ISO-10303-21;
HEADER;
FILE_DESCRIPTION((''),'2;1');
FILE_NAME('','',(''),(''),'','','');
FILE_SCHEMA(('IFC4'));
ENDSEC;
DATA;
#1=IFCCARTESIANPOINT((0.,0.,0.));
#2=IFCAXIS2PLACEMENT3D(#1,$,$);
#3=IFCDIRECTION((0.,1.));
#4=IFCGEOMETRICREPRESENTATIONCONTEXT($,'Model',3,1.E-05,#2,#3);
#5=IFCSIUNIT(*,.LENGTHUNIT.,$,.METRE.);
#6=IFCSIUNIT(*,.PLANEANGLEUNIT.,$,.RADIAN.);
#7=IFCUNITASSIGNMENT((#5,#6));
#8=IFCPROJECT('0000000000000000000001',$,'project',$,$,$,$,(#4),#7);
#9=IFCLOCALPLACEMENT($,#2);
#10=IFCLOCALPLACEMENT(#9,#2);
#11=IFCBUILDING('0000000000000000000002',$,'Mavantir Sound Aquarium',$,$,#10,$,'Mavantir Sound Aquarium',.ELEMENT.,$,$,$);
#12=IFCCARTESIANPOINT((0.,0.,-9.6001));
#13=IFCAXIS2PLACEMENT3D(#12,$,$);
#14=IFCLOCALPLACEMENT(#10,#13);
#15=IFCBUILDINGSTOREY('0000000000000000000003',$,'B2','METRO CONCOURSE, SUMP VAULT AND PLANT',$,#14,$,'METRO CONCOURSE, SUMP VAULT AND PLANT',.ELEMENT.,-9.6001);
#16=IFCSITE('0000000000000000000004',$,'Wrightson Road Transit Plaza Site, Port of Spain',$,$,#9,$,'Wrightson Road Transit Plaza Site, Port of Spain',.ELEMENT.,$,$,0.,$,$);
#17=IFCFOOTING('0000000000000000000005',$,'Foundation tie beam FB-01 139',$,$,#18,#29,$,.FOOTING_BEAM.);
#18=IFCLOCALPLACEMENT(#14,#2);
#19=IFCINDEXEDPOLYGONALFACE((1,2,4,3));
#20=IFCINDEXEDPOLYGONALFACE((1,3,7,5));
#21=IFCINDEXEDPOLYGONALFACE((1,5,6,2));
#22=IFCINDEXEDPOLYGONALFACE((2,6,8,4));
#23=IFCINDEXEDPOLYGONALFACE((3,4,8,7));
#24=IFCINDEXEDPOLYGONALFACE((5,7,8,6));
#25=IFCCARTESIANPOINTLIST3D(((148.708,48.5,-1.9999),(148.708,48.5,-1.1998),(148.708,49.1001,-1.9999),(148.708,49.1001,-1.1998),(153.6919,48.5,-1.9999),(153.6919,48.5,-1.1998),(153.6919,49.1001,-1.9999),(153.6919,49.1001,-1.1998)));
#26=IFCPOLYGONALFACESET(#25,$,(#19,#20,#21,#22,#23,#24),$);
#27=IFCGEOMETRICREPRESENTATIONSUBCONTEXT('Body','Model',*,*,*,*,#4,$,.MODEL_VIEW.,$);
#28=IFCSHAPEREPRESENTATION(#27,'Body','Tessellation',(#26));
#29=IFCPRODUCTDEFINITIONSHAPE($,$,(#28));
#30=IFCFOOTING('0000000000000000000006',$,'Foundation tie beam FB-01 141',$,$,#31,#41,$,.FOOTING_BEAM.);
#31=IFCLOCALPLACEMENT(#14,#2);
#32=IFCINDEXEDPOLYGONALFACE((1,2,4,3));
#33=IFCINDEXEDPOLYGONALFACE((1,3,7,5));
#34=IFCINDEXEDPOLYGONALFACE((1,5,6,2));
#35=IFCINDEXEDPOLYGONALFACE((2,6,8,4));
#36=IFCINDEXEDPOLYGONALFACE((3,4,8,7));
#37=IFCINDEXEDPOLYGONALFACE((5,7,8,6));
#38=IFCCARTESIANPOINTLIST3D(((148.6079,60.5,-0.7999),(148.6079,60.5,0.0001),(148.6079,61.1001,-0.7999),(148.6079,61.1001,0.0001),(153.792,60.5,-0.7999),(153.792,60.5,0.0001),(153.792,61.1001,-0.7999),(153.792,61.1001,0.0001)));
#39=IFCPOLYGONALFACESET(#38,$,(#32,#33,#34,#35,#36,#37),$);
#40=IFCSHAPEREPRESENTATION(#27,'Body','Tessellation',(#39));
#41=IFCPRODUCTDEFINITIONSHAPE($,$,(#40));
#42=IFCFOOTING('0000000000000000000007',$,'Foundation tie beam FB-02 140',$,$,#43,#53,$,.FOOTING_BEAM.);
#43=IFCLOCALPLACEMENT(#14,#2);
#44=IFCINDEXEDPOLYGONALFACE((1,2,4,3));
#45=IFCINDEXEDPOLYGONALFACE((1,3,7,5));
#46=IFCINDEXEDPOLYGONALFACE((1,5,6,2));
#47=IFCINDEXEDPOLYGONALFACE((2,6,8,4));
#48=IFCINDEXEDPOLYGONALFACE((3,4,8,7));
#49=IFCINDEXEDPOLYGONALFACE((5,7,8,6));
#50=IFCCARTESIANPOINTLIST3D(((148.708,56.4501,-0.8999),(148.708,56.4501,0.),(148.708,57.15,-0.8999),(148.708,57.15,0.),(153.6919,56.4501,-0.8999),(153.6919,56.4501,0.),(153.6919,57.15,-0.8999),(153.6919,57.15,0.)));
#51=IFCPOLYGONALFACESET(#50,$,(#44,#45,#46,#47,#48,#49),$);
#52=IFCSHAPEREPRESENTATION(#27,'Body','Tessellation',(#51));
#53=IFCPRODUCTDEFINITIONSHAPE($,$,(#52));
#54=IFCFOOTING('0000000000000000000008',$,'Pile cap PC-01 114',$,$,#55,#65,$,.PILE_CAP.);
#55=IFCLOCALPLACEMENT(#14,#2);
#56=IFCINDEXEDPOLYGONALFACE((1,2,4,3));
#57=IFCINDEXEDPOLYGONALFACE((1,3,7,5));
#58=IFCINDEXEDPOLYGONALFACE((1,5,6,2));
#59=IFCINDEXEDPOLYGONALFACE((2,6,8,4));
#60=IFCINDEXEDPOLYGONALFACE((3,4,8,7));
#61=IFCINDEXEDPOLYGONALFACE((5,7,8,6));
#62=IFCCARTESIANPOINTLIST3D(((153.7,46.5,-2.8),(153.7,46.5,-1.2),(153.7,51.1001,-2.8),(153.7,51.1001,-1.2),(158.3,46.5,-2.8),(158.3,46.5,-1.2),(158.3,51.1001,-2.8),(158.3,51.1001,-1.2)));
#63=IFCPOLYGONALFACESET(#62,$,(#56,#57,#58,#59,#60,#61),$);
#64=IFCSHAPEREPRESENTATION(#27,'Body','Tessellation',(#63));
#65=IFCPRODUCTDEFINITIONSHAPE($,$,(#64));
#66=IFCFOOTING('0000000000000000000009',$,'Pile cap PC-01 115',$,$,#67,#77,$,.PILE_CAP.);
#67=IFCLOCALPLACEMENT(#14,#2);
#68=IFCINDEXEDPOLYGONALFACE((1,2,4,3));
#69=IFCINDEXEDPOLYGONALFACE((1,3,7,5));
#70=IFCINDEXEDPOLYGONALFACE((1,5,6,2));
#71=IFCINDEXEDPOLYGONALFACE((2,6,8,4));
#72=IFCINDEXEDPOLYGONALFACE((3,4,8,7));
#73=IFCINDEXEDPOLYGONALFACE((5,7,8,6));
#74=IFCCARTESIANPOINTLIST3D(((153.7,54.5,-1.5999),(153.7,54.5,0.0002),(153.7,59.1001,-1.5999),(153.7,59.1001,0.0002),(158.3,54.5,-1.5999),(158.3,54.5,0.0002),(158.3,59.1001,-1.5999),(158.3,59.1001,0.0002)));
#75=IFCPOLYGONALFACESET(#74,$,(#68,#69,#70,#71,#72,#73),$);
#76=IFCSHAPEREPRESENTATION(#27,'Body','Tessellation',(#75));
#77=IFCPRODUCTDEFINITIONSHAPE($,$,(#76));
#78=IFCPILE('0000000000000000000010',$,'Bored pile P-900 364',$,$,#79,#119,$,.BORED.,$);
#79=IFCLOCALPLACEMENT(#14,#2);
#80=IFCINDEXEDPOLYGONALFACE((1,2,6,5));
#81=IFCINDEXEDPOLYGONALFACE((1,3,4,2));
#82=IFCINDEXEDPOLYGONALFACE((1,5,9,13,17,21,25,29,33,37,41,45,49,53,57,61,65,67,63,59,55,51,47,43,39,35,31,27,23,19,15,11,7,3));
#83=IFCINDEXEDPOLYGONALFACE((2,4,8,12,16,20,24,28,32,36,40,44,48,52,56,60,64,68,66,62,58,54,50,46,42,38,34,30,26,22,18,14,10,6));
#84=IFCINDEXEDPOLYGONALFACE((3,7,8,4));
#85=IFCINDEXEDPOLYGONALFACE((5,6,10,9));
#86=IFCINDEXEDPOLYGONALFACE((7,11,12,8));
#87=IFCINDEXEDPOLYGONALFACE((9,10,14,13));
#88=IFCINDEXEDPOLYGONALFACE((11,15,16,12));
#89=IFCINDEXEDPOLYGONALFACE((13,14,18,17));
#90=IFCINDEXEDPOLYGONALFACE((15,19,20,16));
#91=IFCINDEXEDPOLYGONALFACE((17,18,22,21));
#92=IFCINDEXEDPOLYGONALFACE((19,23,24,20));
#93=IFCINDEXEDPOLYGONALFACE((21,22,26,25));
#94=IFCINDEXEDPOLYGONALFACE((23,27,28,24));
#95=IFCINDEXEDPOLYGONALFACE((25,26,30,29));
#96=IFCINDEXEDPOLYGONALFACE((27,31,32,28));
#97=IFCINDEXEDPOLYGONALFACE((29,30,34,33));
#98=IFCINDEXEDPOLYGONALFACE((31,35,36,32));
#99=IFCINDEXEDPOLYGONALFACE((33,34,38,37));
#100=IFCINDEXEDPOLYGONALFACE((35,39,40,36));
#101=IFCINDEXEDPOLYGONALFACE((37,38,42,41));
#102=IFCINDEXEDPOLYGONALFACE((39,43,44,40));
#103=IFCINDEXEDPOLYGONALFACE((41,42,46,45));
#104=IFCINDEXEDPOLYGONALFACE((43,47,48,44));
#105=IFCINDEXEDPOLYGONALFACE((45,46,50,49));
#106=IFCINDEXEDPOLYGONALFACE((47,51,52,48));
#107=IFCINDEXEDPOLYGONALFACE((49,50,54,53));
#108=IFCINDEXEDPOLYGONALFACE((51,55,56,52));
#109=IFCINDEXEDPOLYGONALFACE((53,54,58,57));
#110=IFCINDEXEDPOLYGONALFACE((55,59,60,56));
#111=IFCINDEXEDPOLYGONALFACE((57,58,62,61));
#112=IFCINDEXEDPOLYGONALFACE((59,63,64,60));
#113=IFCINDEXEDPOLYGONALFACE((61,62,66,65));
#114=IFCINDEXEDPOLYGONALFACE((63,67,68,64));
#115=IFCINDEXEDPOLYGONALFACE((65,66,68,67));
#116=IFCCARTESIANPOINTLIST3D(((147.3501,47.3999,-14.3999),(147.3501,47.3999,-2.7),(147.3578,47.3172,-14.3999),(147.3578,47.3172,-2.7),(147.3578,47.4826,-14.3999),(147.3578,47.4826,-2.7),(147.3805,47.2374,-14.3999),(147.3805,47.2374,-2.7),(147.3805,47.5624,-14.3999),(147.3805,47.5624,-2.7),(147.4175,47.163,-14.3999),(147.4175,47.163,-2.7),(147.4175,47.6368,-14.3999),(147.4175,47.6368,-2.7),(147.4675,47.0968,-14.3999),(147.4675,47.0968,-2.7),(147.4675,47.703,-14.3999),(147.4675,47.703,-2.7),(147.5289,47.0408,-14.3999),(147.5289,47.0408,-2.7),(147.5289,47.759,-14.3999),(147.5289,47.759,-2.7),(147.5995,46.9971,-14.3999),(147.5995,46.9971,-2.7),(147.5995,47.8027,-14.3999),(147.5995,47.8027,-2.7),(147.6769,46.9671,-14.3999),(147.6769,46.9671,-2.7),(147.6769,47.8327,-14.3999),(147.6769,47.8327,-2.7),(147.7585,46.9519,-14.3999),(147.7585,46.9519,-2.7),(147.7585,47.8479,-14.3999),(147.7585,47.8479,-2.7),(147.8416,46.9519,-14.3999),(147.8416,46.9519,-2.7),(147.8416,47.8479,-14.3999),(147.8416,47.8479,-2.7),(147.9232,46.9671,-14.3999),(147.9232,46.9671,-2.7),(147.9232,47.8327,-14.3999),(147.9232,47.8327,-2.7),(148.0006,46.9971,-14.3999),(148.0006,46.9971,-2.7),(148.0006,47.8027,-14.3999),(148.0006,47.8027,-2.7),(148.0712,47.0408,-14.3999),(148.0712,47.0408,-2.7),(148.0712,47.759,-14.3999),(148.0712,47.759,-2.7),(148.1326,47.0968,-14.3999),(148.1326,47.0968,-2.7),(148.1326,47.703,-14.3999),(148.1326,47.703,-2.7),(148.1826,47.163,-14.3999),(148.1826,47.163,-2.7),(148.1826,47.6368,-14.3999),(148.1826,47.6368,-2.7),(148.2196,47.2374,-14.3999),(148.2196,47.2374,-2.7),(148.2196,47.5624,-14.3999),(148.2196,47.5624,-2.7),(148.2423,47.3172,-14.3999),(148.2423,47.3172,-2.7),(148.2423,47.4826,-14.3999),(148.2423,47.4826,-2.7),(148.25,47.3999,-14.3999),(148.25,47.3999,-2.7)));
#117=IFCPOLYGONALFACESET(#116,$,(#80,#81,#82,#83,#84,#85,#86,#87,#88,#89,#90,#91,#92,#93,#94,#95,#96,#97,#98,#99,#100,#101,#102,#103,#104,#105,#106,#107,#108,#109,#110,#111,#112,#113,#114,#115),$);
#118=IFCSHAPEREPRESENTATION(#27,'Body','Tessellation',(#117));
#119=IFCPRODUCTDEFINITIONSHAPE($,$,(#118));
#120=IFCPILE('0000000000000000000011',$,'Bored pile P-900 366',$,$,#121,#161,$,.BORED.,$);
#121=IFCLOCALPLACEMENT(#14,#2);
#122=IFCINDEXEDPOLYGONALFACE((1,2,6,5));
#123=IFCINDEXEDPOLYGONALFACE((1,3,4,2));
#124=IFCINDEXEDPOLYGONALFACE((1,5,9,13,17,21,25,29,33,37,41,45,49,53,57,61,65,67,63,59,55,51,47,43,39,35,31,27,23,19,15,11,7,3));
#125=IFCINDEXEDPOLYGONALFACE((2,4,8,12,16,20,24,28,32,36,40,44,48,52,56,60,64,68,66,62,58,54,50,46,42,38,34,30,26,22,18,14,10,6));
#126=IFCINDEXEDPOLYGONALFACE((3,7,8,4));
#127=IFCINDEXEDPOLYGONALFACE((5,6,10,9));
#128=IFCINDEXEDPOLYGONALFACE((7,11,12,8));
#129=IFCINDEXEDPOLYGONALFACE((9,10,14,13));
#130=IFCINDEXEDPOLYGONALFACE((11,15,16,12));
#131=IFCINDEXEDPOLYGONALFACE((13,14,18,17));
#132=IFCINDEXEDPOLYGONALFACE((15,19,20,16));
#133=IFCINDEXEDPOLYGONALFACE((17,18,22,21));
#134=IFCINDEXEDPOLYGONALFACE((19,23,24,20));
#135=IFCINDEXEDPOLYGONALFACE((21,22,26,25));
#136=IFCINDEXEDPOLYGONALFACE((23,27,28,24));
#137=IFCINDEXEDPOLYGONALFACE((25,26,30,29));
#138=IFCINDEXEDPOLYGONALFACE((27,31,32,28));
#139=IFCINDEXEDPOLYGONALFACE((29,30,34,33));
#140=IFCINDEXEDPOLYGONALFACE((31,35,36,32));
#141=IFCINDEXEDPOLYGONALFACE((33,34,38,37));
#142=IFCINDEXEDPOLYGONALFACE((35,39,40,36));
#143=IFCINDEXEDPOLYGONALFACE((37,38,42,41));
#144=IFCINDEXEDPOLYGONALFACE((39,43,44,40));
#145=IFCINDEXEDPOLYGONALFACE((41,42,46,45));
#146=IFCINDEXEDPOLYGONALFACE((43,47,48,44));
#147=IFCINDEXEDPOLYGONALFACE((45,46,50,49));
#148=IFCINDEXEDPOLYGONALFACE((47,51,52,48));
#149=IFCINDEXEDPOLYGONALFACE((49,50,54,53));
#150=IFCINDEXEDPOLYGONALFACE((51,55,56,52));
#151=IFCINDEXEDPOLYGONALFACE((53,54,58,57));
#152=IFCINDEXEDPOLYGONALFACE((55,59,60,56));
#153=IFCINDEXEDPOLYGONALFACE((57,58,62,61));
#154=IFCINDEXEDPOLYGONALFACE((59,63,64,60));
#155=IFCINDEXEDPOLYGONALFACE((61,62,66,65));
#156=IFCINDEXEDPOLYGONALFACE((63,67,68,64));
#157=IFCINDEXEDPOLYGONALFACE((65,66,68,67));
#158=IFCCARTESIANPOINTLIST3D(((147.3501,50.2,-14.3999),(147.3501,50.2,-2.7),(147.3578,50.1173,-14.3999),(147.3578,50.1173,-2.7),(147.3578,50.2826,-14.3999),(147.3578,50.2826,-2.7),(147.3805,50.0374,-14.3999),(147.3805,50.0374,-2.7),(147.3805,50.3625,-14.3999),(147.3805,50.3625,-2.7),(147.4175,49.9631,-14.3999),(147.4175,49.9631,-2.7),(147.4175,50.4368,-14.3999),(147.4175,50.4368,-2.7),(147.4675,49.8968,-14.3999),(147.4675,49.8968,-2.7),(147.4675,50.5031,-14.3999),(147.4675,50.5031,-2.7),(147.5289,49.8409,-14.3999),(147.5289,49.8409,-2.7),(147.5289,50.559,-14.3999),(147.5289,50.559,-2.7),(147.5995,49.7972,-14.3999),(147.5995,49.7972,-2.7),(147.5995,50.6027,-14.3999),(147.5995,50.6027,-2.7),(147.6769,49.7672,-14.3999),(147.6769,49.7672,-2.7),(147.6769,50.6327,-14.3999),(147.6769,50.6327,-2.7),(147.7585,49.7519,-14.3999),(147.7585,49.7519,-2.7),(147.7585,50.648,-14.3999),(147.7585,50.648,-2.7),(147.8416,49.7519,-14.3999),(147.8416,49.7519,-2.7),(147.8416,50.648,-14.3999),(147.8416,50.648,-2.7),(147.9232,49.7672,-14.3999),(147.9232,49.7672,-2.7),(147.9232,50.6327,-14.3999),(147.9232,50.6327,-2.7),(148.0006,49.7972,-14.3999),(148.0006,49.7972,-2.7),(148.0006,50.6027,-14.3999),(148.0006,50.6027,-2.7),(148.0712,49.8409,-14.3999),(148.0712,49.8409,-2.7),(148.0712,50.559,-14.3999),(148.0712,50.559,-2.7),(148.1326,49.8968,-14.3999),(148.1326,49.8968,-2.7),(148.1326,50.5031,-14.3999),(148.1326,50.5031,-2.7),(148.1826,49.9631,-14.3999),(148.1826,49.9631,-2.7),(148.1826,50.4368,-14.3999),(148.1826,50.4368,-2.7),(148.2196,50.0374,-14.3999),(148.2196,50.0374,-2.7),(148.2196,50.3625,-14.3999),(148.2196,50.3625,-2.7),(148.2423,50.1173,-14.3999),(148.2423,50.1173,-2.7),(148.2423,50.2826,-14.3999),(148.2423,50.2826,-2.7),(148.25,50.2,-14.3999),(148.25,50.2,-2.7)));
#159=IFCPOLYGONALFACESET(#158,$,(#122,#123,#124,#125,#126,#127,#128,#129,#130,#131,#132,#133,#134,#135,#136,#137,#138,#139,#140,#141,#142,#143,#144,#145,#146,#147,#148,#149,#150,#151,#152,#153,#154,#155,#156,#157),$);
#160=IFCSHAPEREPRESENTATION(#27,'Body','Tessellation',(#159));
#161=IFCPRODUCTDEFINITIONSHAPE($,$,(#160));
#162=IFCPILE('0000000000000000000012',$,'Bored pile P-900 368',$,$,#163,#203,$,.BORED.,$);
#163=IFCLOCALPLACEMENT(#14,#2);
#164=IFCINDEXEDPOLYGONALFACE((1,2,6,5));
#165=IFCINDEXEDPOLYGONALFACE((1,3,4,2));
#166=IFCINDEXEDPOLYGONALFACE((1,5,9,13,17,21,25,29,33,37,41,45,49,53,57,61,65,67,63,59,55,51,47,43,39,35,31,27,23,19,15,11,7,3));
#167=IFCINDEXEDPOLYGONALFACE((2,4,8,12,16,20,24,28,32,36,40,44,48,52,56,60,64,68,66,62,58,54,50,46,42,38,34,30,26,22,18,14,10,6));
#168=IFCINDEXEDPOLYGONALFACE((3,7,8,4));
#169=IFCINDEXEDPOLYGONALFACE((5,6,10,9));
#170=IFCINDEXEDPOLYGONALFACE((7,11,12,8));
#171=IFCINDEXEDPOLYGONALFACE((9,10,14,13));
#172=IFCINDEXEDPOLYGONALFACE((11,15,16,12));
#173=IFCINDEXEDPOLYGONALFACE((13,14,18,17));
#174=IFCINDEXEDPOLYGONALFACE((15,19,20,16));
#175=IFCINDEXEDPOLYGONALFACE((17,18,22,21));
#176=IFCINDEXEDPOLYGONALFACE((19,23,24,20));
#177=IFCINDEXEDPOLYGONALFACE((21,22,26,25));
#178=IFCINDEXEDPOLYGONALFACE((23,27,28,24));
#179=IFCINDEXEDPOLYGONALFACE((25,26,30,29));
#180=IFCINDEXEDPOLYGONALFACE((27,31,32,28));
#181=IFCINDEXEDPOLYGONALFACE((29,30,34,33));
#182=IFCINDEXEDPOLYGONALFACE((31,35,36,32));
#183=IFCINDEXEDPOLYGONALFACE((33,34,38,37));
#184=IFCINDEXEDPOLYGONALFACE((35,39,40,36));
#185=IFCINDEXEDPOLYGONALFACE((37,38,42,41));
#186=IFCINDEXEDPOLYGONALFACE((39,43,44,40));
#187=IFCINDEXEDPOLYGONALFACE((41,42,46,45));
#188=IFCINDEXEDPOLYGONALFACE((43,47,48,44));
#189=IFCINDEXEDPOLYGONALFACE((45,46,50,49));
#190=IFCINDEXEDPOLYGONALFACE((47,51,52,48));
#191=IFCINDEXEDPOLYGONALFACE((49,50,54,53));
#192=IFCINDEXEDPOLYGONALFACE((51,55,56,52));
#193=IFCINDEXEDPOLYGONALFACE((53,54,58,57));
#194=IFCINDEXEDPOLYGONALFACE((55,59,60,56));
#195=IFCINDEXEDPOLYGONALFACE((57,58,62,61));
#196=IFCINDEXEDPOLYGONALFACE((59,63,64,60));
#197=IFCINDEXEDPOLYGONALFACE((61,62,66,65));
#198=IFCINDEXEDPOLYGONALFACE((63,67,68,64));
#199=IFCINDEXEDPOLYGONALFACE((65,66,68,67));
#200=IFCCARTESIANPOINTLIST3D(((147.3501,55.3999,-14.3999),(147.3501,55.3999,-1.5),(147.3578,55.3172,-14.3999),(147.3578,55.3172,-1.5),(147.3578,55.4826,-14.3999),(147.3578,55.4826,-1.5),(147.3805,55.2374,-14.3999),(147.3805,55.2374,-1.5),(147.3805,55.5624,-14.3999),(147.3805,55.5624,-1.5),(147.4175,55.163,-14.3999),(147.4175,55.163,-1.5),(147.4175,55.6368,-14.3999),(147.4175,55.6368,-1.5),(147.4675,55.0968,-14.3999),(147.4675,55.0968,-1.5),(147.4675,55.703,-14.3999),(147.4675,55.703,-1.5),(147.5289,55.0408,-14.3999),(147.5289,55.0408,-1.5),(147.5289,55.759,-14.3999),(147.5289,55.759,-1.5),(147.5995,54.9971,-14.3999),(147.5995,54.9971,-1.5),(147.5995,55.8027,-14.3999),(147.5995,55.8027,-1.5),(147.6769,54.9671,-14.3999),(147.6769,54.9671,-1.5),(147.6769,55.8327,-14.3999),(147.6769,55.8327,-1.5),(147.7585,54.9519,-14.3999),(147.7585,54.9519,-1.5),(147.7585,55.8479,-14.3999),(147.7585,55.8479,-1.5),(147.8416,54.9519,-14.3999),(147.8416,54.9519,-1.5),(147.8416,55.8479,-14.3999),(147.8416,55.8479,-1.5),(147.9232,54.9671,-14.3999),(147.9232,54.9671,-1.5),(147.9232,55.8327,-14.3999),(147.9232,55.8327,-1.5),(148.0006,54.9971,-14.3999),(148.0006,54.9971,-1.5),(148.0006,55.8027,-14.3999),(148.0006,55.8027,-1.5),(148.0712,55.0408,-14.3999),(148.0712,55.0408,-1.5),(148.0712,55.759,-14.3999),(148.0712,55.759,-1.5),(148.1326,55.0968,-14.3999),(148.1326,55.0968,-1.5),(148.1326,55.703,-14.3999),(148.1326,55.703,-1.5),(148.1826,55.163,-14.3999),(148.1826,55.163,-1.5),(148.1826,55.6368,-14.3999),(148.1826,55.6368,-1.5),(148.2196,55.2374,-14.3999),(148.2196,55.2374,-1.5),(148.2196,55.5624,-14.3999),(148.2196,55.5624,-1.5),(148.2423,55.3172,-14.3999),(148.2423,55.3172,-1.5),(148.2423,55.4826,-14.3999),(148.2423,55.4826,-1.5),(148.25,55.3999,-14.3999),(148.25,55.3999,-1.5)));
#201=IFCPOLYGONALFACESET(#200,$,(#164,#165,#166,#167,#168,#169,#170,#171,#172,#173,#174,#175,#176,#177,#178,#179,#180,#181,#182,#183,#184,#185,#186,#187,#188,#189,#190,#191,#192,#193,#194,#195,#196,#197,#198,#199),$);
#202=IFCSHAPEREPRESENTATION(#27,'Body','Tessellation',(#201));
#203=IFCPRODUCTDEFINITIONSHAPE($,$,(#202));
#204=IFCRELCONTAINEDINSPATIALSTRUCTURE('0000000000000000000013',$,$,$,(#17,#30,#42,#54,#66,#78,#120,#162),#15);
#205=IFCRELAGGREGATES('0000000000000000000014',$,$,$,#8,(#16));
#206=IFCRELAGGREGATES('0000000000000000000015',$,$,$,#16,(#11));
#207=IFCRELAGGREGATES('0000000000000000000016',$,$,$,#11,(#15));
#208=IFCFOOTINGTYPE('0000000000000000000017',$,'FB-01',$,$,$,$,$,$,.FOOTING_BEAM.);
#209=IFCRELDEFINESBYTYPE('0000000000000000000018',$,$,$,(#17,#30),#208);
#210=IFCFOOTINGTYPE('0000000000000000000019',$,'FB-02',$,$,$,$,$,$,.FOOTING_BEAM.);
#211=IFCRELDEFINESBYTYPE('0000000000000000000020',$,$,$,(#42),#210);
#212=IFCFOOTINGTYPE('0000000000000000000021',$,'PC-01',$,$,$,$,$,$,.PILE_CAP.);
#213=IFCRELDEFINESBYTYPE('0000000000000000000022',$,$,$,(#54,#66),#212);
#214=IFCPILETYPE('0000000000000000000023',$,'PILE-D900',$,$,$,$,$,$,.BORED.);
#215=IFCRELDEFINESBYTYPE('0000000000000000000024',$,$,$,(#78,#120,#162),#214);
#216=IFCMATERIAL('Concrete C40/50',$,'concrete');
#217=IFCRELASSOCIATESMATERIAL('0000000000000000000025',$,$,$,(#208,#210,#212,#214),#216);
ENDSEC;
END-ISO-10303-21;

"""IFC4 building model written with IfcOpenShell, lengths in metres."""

from ifc_helpers import new_model, si_unit, direction, frame, origin, origin_2d, place, context, subcontext, project, spatial, rectangle, circle, extrude, material, material_profile, profile_set, type_object, element, save


model = new_model("IFC4")

# Units and contexts
model_context = context("Model", 3, precision=1e-05, world=origin(), true_north=direction((0.0, 1.0)))
body_context = subcontext(model_context, "Body", "Model", "MODEL_VIEW")
ifc_project = project(units=[si_unit("LENGTHUNIT", "METRE"), si_unit("PLANEANGLEUNIT", "RADIAN")], contexts=[model_context])

# Site, building, storey
site_placement = place(None, origin())
site = spatial("IfcSite", under=ifc_project, at=site_placement, Name="Wrightson Road Transit Plaza Site, Port of Spain", LongName="Wrightson Road Transit Plaza Site, Port of Spain", CompositionType="ELEMENT", RefElevation=0.0)
building_placement = place(site_placement, origin())
building = spatial("IfcBuilding", under=site, at=building_placement, Name="Mavantir Sound Aquarium", LongName="Mavantir Sound Aquarium", CompositionType="ELEMENT")
storey_placement = place(building_placement, frame((0.0, 0.0, -9.6001)))
storey = spatial("IfcBuildingStorey", under=building, at=storey_placement, Name="B2", Description="METRO CONCOURSE, SUMP VAULT AND PLANT", LongName="METRO CONCOURSE, SUMP VAULT AND PLANT", CompositionType="ELEMENT", Elevation=-9.6001)

# Footings
ifc_material_1 = material(Name="Concrete C40/50", Category="concrete")
ifc_material_profile_1 = material_profile(ifc_material_1, rectangle(XDim=0.6001, YDim=0.8, at=origin_2d()), Name="RC 600X800")
ifc_profile_set_1 = profile_set([ifc_material_profile_1], Name="Concrete C40/50")
footing_type_1 = type_object("IfcFootingType", Name="FB-01", PredefinedType="FOOTING_BEAM", material=ifc_profile_set_1)
footing_1_placement = place(storey_placement, frame((148.708, 48.8, -1.5999), z_axis=(1.0, 0.0, 0.0), x_axis=(0.0, 1.0, 0.0)))
element("IfcFooting", 1, at=footing_1_placement, inside=storey, type_object=footing_type_1, Name="Foundation tie beam FB-01 139", PredefinedType="FOOTING_BEAM", context=body_context, shape_type="SweptSolid", body=[
    extrude(rectangle(XDim=0.6001, YDim=0.8, at=origin_2d()), origin(), (0.0, 0.0, 1.0), 4.9839),
])
footing_2_placement = place(storey_placement, frame((148.6079, 60.8, -0.3999), z_axis=(1.0, 0.0, 0.0), x_axis=(0.0, 1.0, 0.0)))
element("IfcFooting", 2, at=footing_2_placement, inside=storey, type_object=footing_type_1, Name="Foundation tie beam FB-01 141", PredefinedType="FOOTING_BEAM", context=body_context, shape_type="SweptSolid", body=[
    extrude(rectangle(XDim=0.6001, YDim=0.8, at=origin_2d()), origin(), (0.0, 0.0, 1.0), 5.1841),
])
ifc_material_profile_2 = material_profile(ifc_material_1, rectangle(XDim=0.7, YDim=0.8999, at=origin_2d()), Name="RC 700X900")
ifc_profile_set_2 = profile_set([ifc_material_profile_2], Name="Concrete C40/50")
footing_type_2 = type_object("IfcFootingType", Name="FB-02", PredefinedType="FOOTING_BEAM", material=ifc_profile_set_2)
footing_3_placement = place(storey_placement, frame((148.708, 56.8, -0.45), z_axis=(1.0, 0.0, 0.0), x_axis=(0.0, 1.0, 0.0)))
element("IfcFooting", 3, at=footing_3_placement, inside=storey, type_object=footing_type_2, Name="Foundation tie beam FB-02 140", PredefinedType="FOOTING_BEAM", context=body_context, shape_type="SweptSolid", body=[
    extrude(rectangle(XDim=0.7, YDim=0.8999, at=origin_2d()), origin(), (0.0, 0.0, 1.0), 4.9839),
])
footing_type_3 = type_object("IfcFootingType", Name="PC-01", PredefinedType="PILE_CAP", material=ifc_material_1)
for number, where, z_axis, x_axis, name in (
    (4, (156.0, 48.8, -2.8), (0.0, 0.0, 1.0), (1.0, 0.0, 0.0), "Pile cap PC-01 114"),
    (5, (156.0, 56.8, -1.5999), (0.0, 0.0, 1.0), (1.0, 0.0, 0.0), "Pile cap PC-01 115"),
):
    element("IfcFooting", number, at=place(storey_placement, frame(where, z_axis=z_axis, x_axis=x_axis)), inside=storey, type_object=footing_type_3, Name=name, PredefinedType="PILE_CAP", context=body_context, shape_type="SweptSolid", body=[
        extrude(rectangle(XDim=4.6001, YDim=4.6001, at=origin_2d()), origin(), (0.0, 0.0, 1.0), 1.6001),
    ])

# Piles
ifc_material_profile_3 = material_profile(ifc_material_1, circle(Radius=0.45, at=origin_2d()), Name="PILE D900")
ifc_profile_set_3 = profile_set([ifc_material_profile_3], Name="Concrete C40/50")
pile_type = type_object("IfcPileType", Name="PILE-D900", PredefinedType="BORED", material=ifc_profile_set_3)
for number, where, z_axis, x_axis, name in (
    (6, (147.8, 47.3999, -2.7), (0.0, 0.0, -1.0), (1.0, 0.0, 0.0), "Bored pile P-900 364"),
    (7, (147.8, 50.2, -2.7), (0.0, 0.0, -1.0), (1.0, 0.0, 0.0), "Bored pile P-900 366"),
):
    element("IfcPile", number, at=place(storey_placement, frame(where, z_axis=z_axis, x_axis=x_axis)), inside=storey, type_object=pile_type, Name=name, PredefinedType="BORED", context=body_context, shape_type="SweptSolid", body=[
        extrude(circle(Radius=0.45, at=origin_2d()), origin(), (0.0, 0.0, 1.0), 11.7),
    ])
for number, where, z_axis, x_axis, name in (
    (8, (147.8, 55.3999, -1.5), (0.0, 0.0, -1.0), (1.0, 0.0, 0.0), "Bored pile P-900 368"),
):
    element("IfcPile", number, at=place(storey_placement, frame(where, z_axis=z_axis, x_axis=x_axis)), inside=storey, type_object=pile_type, Name=name, PredefinedType="BORED", context=body_context, shape_type="SweptSolid", body=[
        extrude(circle(Radius=0.45, at=origin_2d()), origin(), (0.0, 0.0, 1.0), 12.8999),
    ])

save(model, "model.ifc")
